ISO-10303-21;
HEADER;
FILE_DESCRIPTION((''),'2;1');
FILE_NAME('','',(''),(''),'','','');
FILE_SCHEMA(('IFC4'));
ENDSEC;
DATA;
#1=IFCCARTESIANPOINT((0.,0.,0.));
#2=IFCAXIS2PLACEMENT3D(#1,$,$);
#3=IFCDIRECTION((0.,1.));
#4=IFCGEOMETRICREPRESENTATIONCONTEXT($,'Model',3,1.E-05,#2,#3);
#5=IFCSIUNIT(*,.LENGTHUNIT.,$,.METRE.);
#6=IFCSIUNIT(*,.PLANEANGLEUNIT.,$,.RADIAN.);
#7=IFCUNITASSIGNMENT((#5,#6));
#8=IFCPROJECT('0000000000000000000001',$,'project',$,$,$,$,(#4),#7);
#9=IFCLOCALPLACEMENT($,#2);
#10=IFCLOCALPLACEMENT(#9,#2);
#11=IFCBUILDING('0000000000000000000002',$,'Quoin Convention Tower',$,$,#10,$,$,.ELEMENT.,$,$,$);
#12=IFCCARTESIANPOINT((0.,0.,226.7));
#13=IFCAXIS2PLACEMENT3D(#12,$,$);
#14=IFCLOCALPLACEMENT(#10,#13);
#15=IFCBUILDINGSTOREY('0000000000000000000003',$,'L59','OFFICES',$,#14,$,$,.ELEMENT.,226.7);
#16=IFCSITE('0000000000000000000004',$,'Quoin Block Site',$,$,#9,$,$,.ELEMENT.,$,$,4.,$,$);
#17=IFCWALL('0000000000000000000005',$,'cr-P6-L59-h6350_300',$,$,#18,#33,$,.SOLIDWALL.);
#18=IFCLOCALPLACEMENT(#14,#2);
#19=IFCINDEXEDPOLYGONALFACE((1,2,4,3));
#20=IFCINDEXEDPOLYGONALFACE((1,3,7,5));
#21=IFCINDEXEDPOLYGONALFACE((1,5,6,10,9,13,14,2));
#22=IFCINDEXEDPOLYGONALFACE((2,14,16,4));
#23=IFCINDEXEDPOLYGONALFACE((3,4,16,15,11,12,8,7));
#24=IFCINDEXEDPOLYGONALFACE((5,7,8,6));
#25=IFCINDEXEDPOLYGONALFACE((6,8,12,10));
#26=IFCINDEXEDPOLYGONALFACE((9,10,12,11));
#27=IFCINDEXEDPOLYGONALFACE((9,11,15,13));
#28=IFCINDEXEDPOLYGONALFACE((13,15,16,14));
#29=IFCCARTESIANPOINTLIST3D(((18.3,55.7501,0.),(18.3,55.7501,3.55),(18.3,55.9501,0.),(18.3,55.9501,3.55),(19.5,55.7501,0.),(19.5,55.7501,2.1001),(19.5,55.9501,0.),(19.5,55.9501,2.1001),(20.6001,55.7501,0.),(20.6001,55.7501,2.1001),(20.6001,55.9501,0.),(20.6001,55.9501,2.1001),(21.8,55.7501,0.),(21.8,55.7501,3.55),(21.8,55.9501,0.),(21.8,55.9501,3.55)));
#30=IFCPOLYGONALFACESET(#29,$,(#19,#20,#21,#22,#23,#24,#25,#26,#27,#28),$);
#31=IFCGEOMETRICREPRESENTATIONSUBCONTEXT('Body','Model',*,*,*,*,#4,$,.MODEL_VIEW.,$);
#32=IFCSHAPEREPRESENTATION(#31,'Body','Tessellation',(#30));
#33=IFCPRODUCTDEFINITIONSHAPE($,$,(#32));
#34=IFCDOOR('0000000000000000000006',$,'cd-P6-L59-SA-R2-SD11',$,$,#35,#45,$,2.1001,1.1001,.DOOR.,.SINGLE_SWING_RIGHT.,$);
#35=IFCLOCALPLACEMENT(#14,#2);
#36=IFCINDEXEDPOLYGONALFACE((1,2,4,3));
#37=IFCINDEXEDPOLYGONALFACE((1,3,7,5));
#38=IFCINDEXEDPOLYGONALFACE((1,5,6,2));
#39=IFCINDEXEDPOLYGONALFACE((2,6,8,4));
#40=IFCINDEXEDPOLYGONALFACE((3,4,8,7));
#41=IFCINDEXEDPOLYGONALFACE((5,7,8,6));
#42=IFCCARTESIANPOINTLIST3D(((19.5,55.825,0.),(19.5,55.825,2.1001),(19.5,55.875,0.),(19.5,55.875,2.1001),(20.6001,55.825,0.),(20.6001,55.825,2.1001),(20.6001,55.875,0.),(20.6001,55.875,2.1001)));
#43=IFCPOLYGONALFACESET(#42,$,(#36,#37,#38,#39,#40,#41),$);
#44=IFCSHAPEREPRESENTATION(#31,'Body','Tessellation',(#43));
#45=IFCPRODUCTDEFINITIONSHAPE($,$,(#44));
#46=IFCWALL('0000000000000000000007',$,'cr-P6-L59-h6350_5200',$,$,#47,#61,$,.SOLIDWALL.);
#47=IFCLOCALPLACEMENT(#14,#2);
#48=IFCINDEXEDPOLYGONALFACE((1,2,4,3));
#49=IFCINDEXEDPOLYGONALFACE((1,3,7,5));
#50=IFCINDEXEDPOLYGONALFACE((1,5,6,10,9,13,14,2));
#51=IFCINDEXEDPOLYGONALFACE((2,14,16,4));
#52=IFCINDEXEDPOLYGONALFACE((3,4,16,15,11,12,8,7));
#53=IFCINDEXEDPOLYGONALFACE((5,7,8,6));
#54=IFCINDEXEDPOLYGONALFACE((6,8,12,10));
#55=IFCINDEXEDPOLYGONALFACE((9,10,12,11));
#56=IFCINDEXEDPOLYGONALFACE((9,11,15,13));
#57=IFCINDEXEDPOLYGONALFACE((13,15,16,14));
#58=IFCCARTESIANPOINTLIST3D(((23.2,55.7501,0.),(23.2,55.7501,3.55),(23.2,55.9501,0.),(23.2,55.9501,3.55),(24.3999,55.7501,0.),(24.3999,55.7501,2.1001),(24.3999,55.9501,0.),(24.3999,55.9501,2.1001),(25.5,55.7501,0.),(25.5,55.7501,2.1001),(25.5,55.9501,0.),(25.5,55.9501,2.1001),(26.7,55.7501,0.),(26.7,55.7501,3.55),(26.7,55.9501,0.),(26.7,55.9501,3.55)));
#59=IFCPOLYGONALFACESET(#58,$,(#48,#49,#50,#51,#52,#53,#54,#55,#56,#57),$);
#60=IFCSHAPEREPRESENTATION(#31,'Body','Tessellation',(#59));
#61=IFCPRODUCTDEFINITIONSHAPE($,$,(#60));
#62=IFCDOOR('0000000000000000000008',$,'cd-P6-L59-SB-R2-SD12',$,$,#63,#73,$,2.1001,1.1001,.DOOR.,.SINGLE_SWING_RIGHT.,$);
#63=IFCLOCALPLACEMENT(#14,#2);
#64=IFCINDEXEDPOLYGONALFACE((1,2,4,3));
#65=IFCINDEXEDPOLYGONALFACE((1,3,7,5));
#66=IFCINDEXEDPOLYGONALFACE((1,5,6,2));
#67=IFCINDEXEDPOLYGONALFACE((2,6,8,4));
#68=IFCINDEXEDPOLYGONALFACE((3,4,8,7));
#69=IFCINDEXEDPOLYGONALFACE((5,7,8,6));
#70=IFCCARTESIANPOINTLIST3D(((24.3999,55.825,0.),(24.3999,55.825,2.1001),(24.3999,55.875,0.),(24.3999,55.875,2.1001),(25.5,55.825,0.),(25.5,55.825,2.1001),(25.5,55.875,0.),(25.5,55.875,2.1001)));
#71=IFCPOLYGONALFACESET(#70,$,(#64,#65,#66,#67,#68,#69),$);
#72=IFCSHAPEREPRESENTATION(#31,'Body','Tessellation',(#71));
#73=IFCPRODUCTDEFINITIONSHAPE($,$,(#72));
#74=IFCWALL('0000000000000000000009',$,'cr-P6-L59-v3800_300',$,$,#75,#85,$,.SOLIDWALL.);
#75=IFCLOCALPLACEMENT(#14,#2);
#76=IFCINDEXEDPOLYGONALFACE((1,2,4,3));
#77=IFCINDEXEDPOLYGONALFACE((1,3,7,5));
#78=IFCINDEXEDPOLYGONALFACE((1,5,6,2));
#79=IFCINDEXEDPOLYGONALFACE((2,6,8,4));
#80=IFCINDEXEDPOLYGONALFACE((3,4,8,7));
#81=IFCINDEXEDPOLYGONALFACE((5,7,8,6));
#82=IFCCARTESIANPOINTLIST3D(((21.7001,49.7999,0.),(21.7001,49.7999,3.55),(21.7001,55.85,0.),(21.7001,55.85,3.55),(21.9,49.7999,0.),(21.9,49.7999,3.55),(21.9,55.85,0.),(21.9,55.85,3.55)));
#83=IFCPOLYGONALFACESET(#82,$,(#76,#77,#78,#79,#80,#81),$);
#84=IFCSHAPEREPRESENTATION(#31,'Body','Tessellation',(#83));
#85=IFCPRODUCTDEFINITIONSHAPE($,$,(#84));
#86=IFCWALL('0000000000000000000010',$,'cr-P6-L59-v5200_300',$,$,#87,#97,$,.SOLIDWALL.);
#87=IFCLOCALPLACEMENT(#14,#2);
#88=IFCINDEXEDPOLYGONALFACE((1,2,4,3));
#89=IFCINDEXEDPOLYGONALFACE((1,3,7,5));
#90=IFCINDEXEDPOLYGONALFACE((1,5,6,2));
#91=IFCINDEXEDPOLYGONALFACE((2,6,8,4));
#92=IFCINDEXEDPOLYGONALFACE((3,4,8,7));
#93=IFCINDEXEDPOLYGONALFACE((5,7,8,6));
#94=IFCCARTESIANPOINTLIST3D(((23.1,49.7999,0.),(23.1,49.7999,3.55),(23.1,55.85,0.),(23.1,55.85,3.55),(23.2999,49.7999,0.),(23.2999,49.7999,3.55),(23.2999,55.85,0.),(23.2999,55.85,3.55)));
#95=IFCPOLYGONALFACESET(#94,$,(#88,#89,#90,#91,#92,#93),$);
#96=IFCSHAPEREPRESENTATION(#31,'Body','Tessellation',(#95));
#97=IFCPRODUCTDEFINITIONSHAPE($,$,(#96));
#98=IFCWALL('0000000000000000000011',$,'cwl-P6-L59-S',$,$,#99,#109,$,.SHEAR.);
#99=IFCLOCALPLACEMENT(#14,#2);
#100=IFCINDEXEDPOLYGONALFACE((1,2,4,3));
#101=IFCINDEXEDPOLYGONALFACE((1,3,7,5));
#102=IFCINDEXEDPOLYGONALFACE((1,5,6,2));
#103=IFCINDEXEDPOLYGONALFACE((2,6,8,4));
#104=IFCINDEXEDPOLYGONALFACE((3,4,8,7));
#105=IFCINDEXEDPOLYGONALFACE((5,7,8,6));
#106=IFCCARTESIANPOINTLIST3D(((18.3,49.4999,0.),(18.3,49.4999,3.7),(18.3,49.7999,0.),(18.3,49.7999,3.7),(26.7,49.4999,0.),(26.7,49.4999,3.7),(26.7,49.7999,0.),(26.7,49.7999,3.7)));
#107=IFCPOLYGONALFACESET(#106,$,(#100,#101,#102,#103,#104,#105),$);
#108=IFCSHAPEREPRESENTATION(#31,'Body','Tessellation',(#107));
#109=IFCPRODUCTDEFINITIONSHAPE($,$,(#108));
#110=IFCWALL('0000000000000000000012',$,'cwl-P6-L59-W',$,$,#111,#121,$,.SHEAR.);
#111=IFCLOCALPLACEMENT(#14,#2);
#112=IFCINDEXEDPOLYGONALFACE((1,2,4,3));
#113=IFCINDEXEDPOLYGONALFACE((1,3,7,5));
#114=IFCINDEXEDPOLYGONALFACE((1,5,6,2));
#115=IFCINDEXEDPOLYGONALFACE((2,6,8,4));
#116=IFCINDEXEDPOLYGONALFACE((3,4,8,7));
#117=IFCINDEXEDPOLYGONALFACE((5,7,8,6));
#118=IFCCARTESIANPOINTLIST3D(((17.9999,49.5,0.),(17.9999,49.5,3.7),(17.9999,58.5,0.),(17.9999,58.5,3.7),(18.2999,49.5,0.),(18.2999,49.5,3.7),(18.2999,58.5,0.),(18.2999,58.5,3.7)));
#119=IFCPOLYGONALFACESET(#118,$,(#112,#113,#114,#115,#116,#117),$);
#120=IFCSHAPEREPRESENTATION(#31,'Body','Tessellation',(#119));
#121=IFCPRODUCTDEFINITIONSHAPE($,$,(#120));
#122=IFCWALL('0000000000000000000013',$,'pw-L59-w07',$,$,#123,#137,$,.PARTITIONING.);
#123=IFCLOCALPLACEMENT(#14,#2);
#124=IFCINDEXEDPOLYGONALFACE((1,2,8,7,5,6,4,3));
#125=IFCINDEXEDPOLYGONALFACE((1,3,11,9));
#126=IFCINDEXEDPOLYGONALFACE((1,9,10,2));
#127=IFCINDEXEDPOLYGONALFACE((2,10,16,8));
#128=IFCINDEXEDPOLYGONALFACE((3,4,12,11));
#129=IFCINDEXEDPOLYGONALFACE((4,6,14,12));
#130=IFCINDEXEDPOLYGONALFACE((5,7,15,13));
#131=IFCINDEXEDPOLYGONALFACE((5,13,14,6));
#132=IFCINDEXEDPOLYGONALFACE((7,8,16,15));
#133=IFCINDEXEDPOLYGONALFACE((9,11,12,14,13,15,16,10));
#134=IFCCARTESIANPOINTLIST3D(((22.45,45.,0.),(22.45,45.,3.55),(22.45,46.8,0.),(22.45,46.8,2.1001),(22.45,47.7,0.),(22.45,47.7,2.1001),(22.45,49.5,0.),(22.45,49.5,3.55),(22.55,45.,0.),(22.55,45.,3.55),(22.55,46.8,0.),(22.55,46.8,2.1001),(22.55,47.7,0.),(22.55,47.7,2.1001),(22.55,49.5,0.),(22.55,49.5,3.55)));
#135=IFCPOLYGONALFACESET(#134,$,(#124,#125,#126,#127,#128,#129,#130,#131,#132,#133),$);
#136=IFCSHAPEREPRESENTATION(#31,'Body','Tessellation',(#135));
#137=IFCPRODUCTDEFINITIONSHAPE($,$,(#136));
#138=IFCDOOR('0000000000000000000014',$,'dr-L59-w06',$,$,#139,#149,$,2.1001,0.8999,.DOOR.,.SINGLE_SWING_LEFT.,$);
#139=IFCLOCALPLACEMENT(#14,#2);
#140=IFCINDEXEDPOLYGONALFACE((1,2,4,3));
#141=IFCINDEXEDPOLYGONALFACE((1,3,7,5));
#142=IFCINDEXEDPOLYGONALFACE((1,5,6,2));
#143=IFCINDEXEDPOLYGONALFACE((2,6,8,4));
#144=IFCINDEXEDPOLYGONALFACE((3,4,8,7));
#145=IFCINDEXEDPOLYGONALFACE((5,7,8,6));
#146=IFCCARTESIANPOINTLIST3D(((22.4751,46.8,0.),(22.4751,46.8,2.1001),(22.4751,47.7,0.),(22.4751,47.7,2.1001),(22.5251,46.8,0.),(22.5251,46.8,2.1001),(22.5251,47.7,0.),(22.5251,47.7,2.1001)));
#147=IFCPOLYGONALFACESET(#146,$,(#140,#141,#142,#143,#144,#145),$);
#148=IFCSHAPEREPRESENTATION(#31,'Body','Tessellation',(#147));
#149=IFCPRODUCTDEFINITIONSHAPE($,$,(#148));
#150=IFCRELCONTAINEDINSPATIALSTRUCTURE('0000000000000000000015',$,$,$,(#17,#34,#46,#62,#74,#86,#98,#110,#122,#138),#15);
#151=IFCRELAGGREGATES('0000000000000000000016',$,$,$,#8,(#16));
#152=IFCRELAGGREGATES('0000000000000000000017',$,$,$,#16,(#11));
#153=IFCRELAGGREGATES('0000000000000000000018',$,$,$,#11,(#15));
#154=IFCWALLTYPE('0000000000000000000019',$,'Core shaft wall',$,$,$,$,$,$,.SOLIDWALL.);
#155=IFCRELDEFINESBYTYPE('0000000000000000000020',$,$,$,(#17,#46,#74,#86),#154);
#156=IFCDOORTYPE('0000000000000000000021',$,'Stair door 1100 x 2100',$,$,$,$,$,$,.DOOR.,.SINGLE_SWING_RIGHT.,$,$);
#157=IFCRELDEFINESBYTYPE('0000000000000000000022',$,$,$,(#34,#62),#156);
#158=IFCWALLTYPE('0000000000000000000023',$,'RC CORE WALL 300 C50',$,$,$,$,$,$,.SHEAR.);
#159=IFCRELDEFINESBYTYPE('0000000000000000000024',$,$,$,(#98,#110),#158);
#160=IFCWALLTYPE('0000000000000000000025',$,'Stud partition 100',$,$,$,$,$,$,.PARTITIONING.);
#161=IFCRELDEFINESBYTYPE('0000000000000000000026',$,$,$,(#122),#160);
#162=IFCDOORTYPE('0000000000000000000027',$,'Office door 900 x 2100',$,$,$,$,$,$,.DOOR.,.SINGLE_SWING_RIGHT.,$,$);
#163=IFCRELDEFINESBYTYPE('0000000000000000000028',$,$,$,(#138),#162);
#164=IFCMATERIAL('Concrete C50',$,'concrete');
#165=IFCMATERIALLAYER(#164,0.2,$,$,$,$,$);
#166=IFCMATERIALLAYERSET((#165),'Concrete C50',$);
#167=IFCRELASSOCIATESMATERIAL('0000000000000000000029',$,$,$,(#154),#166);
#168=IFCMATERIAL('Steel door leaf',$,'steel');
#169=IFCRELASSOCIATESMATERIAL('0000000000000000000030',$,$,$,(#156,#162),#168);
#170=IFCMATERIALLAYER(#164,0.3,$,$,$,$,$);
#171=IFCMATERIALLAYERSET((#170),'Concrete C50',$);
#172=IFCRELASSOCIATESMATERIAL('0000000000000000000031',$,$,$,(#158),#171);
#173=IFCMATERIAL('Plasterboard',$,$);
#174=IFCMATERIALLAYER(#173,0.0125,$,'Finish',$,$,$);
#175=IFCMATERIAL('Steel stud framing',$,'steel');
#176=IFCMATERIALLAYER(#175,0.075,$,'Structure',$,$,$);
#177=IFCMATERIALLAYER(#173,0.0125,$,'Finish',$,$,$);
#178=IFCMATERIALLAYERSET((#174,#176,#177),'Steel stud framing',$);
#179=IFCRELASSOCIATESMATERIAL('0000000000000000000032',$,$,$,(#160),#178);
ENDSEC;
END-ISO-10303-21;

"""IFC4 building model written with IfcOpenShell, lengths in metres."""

from ifc_helpers import new_model, si_unit, direction, frame, frame_2d, origin, place, context, subcontext, project, spatial, rectangle, extrude, material, layer, layer_set, type_object, element, fill, save


model = new_model("IFC4")

# Units and contexts
model_context = context("Model", 3, precision=1e-05, world=origin(), true_north=direction((0.0, 1.0)))
body_context = subcontext(model_context, "Body", "Model", "MODEL_VIEW")
ifc_project = project(units=[si_unit("LENGTHUNIT", "METRE"), si_unit("PLANEANGLEUNIT", "RADIAN")], contexts=[model_context])

# Site, building, storey
site_placement = place(None, origin())
site = spatial("IfcSite", under=ifc_project, at=site_placement, Name="Quoin Block Site", CompositionType="ELEMENT", RefElevation=4.0)
building_placement = place(site_placement, origin())
building = spatial("IfcBuilding", under=site, at=building_placement, Name="Quoin Convention Tower", CompositionType="ELEMENT")
storey_placement = place(building_placement, frame((0.0, 0.0, 226.7)))
storey = spatial("IfcBuildingStorey", under=building, at=storey_placement, Name="L59", Description="OFFICES", CompositionType="ELEMENT", Elevation=226.7)

# Shared definitions
ifc_material_1 = material(Name="Concrete C50", Category="concrete")

# Shared definitions
ifc_layer_1 = layer(ifc_material_1, 0.2)
ifc_layer_set_1 = layer_set([ifc_layer_1], Name="Concrete C50")
wall_type_1 = type_object("IfcWallType", Name="Core shaft wall", PredefinedType="SOLIDWALL", material=ifc_layer_set_1)

# Walls, openings, doors
wall_1_placement = place(storey_placement, frame((18.3, 55.8501, 0.0), z_axis=(0.0, 0.0, 1.0), x_axis=(1.0, 0.0, 0.0)))
wall_1 = element("IfcWall", 1, at=wall_1_placement, inside=storey, type_object=wall_type_1, Name="cr-P6-L59-h6350_300", PredefinedType="SOLIDWALL", context=body_context, shape_type="SweptSolid", body=[
    extrude(rectangle(XDim=3.5, YDim=0.2, at=frame_2d((1.75, 0.0))), origin(), (0.0, 0.0, 1.0), 3.55),
])
opening_1_placement = place(wall_1_placement, frame((1.2, 0.0, 0.0)))
opening_1 = element("IfcOpeningElement", 2, at=opening_1_placement, cuts=wall_1, PredefinedType="OPENING", context=body_context, shape_type="SweptSolid", body=[
    extrude(rectangle(XDim=1.1001, YDim=2.1001, at=frame_2d((0.55, 1.05))), frame((0.0, 0.1099, 0.0), z_axis=(0.0, -1.0, 0.0), x_axis=(1.0, 0.0, 0.0)), (0.0, 0.0, 1.0), 0.22),
])
ifc_material_2 = material(Name="Steel door leaf", Category="steel")
door_type_1 = type_object("IfcDoorType", Name="Stair door 1100 x 2100", OperationType="SINGLE_SWING_RIGHT", PredefinedType="DOOR", material=ifc_material_2)
door_1_placement = place(opening_1_placement, origin())
door_1 = element("IfcDoor", 3, at=door_1_placement, inside=storey, type_object=door_type_1, Name="cd-P6-L59-SA-R2-SD11", OperationType="SINGLE_SWING_RIGHT", OverallHeight=2.1001, OverallWidth=1.1001, PredefinedType="DOOR", context=body_context, shape_type="SweptSolid", body=[
    extrude(rectangle(XDim=1.1001, YDim=2.1001, at=frame_2d((0.55, 1.05))), frame((0.0, 0.0249, 0.0), z_axis=(0.0, -1.0, 0.0), x_axis=(1.0, 0.0, 0.0)), (0.0, 0.0, 1.0), 0.05),
])
fill(opening_1, door_1)
wall_2_placement = place(storey_placement, frame((23.2, 55.8501, 0.0), z_axis=(0.0, 0.0, 1.0), x_axis=(1.0, 0.0, 0.0)))
wall_2 = element("IfcWall", 4, at=wall_2_placement, inside=storey, type_object=wall_type_1, Name="cr-P6-L59-h6350_5200", PredefinedType="SOLIDWALL", context=body_context, shape_type="SweptSolid", body=[
    extrude(rectangle(XDim=3.5, YDim=0.2, at=frame_2d((1.75, 0.0))), origin(), (0.0, 0.0, 1.0), 3.55),
])
opening_2_placement = place(wall_2_placement, frame((1.2, 0.0, 0.0)))
opening_2 = element("IfcOpeningElement", 5, at=opening_2_placement, cuts=wall_2, PredefinedType="OPENING", context=body_context, shape_type="SweptSolid", body=[
    extrude(rectangle(XDim=1.1001, YDim=2.1001, at=frame_2d((0.55, 1.05))), frame((0.0, 0.1099, 0.0), z_axis=(0.0, -1.0, 0.0), x_axis=(1.0, 0.0, 0.0)), (0.0, 0.0, 1.0), 0.22),
])
door_2_placement = place(opening_2_placement, origin())
door_2 = element("IfcDoor", 6, at=door_2_placement, inside=storey, type_object=door_type_1, Name="cd-P6-L59-SB-R2-SD12", OperationType="SINGLE_SWING_RIGHT", OverallHeight=2.1001, OverallWidth=1.1001, PredefinedType="DOOR", context=body_context, shape_type="SweptSolid", body=[
    extrude(rectangle(XDim=1.1001, YDim=2.1001, at=frame_2d((0.55, 1.05))), frame((0.0, 0.0249, 0.0), z_axis=(0.0, -1.0, 0.0), x_axis=(1.0, 0.0, 0.0)), (0.0, 0.0, 1.0), 0.05),
])
fill(opening_2, door_2)

# Walls
for number, where, z_axis, x_axis, name in (
    (7, (21.8, 49.8, 0.0), (0.0, 0.0, 1.0), (0.0, 1.0, 0.0), "cr-P6-L59-v3800_300"),
    (8, (23.2, 49.8, 0.0), (0.0, 0.0, 1.0), (0.0, 1.0, 0.0), "cr-P6-L59-v5200_300"),
):
    element("IfcWall", number, at=place(storey_placement, frame(where, z_axis=z_axis, x_axis=x_axis)), inside=storey, type_object=wall_type_1, Name=name, PredefinedType="SOLIDWALL", context=body_context, shape_type="SweptSolid", body=[
        extrude(rectangle(XDim=6.05, YDim=0.2, at=frame_2d((3.0249, 0.0))), origin(), (0.0, 0.0, 1.0), 3.55),
    ])
ifc_layer_2 = layer(ifc_material_1, 0.3)
ifc_layer_set_2 = layer_set([ifc_layer_2], Name="Concrete C50")
wall_type_2 = type_object("IfcWallType", Name="RC CORE WALL 300 C50", PredefinedType="SHEAR", material=ifc_layer_set_2)
wall_3_placement = place(storey_placement, frame((18.3, 49.6499, 0.0), z_axis=(0.0, 0.0, 1.0), x_axis=(1.0, 0.0, 0.0)))
element("IfcWall", 9, at=wall_3_placement, inside=storey, type_object=wall_type_2, Name="cwl-P6-L59-S", PredefinedType="SHEAR", context=body_context, shape_type="SweptSolid", body=[
    extrude(rectangle(XDim=8.3999, YDim=0.3, at=frame_2d((4.2, 0.0))), origin(), (0.0, 0.0, 1.0), 3.7),
])
wall_4_placement = place(storey_placement, frame((18.1499, 49.5, 0.0), z_axis=(0.0, 0.0, 1.0), x_axis=(0.0, 1.0, 0.0)))
element("IfcWall", 10, at=wall_4_placement, inside=storey, type_object=wall_type_2, Name="cwl-P6-L59-W", PredefinedType="SHEAR", context=body_context, shape_type="SweptSolid", body=[
    extrude(rectangle(XDim=9.0, YDim=0.3, at=frame_2d((4.5, 0.0))), origin(), (0.0, 0.0, 1.0), 3.7),
])

# Wall, opening, door
ifc_material_3 = material(Name="Plasterboard")
ifc_layer_3 = layer(ifc_material_3, 0.0125, Name="Finish")
ifc_material_4 = material(Name="Steel stud framing", Category="steel")
ifc_layer_4 = layer(ifc_material_4, 0.075, Name="Structure")
ifc_layer_5 = layer(ifc_material_3, 0.0125, Name="Finish")
ifc_layer_set_3 = layer_set([ifc_layer_3, ifc_layer_4, ifc_layer_5], Name="Steel stud framing")
wall_type_3 = type_object("IfcWallType", Name="Stud partition 100", PredefinedType="PARTITIONING", material=ifc_layer_set_3)
wall_5_placement = place(storey_placement, frame((22.5, 49.5, 0.0), z_axis=(0.0, 0.0, 1.0), x_axis=(0.0, -1.0, 0.0)))
wall_5 = element("IfcWall", 11, at=wall_5_placement, inside=storey, type_object=wall_type_3, Name="pw-L59-w07", PredefinedType="PARTITIONING", context=body_context, shape_type="SweptSolid", body=[
    extrude(rectangle(XDim=4.5, YDim=0.1001, at=frame_2d((2.25, 0.0))), origin(), (0.0, 0.0, 1.0), 3.55),
])
opening_3_placement = place(wall_5_placement, frame((1.8, 0.0, 0.0)))
opening_3 = element("IfcOpeningElement", 12, at=opening_3_placement, cuts=wall_5, PredefinedType="OPENING", context=body_context, shape_type="SweptSolid", body=[
    extrude(rectangle(XDim=0.8999, YDim=2.1001, at=frame_2d((0.45, 1.05))), frame((0.0, 0.0601, 0.0), z_axis=(0.0, -1.0, 0.0), x_axis=(1.0, 0.0, 0.0)), (0.0, 0.0, 1.0), 0.1201),
])
door_type_2 = type_object("IfcDoorType", Name="Office door 900 x 2100", OperationType="SINGLE_SWING_RIGHT", PredefinedType="DOOR", material=ifc_material_2)
door_3_placement = place(opening_3_placement, frame((0.8999, 0.0, 0.0), z_axis=(0.0, 0.0, 1.0), x_axis=(-1.0, 0.0, 0.0)))
door_3 = element("IfcDoor", 13, at=door_3_placement, inside=storey, type_object=door_type_2, Name="dr-L59-w06", OperationType="SINGLE_SWING_LEFT", OverallHeight=2.1001, OverallWidth=0.8999, PredefinedType="DOOR", context=body_context, shape_type="SweptSolid", body=[
    extrude(rectangle(XDim=0.8999, YDim=2.1001, at=frame_2d((0.45, 1.05))), frame((0.0, 0.0249, 0.0), z_axis=(0.0, -1.0, 0.0), x_axis=(1.0, 0.0, 0.0)), (0.0, 0.0, 1.0), 0.05),
])
fill(opening_3, door_3)

save(model, "model.ifc")
